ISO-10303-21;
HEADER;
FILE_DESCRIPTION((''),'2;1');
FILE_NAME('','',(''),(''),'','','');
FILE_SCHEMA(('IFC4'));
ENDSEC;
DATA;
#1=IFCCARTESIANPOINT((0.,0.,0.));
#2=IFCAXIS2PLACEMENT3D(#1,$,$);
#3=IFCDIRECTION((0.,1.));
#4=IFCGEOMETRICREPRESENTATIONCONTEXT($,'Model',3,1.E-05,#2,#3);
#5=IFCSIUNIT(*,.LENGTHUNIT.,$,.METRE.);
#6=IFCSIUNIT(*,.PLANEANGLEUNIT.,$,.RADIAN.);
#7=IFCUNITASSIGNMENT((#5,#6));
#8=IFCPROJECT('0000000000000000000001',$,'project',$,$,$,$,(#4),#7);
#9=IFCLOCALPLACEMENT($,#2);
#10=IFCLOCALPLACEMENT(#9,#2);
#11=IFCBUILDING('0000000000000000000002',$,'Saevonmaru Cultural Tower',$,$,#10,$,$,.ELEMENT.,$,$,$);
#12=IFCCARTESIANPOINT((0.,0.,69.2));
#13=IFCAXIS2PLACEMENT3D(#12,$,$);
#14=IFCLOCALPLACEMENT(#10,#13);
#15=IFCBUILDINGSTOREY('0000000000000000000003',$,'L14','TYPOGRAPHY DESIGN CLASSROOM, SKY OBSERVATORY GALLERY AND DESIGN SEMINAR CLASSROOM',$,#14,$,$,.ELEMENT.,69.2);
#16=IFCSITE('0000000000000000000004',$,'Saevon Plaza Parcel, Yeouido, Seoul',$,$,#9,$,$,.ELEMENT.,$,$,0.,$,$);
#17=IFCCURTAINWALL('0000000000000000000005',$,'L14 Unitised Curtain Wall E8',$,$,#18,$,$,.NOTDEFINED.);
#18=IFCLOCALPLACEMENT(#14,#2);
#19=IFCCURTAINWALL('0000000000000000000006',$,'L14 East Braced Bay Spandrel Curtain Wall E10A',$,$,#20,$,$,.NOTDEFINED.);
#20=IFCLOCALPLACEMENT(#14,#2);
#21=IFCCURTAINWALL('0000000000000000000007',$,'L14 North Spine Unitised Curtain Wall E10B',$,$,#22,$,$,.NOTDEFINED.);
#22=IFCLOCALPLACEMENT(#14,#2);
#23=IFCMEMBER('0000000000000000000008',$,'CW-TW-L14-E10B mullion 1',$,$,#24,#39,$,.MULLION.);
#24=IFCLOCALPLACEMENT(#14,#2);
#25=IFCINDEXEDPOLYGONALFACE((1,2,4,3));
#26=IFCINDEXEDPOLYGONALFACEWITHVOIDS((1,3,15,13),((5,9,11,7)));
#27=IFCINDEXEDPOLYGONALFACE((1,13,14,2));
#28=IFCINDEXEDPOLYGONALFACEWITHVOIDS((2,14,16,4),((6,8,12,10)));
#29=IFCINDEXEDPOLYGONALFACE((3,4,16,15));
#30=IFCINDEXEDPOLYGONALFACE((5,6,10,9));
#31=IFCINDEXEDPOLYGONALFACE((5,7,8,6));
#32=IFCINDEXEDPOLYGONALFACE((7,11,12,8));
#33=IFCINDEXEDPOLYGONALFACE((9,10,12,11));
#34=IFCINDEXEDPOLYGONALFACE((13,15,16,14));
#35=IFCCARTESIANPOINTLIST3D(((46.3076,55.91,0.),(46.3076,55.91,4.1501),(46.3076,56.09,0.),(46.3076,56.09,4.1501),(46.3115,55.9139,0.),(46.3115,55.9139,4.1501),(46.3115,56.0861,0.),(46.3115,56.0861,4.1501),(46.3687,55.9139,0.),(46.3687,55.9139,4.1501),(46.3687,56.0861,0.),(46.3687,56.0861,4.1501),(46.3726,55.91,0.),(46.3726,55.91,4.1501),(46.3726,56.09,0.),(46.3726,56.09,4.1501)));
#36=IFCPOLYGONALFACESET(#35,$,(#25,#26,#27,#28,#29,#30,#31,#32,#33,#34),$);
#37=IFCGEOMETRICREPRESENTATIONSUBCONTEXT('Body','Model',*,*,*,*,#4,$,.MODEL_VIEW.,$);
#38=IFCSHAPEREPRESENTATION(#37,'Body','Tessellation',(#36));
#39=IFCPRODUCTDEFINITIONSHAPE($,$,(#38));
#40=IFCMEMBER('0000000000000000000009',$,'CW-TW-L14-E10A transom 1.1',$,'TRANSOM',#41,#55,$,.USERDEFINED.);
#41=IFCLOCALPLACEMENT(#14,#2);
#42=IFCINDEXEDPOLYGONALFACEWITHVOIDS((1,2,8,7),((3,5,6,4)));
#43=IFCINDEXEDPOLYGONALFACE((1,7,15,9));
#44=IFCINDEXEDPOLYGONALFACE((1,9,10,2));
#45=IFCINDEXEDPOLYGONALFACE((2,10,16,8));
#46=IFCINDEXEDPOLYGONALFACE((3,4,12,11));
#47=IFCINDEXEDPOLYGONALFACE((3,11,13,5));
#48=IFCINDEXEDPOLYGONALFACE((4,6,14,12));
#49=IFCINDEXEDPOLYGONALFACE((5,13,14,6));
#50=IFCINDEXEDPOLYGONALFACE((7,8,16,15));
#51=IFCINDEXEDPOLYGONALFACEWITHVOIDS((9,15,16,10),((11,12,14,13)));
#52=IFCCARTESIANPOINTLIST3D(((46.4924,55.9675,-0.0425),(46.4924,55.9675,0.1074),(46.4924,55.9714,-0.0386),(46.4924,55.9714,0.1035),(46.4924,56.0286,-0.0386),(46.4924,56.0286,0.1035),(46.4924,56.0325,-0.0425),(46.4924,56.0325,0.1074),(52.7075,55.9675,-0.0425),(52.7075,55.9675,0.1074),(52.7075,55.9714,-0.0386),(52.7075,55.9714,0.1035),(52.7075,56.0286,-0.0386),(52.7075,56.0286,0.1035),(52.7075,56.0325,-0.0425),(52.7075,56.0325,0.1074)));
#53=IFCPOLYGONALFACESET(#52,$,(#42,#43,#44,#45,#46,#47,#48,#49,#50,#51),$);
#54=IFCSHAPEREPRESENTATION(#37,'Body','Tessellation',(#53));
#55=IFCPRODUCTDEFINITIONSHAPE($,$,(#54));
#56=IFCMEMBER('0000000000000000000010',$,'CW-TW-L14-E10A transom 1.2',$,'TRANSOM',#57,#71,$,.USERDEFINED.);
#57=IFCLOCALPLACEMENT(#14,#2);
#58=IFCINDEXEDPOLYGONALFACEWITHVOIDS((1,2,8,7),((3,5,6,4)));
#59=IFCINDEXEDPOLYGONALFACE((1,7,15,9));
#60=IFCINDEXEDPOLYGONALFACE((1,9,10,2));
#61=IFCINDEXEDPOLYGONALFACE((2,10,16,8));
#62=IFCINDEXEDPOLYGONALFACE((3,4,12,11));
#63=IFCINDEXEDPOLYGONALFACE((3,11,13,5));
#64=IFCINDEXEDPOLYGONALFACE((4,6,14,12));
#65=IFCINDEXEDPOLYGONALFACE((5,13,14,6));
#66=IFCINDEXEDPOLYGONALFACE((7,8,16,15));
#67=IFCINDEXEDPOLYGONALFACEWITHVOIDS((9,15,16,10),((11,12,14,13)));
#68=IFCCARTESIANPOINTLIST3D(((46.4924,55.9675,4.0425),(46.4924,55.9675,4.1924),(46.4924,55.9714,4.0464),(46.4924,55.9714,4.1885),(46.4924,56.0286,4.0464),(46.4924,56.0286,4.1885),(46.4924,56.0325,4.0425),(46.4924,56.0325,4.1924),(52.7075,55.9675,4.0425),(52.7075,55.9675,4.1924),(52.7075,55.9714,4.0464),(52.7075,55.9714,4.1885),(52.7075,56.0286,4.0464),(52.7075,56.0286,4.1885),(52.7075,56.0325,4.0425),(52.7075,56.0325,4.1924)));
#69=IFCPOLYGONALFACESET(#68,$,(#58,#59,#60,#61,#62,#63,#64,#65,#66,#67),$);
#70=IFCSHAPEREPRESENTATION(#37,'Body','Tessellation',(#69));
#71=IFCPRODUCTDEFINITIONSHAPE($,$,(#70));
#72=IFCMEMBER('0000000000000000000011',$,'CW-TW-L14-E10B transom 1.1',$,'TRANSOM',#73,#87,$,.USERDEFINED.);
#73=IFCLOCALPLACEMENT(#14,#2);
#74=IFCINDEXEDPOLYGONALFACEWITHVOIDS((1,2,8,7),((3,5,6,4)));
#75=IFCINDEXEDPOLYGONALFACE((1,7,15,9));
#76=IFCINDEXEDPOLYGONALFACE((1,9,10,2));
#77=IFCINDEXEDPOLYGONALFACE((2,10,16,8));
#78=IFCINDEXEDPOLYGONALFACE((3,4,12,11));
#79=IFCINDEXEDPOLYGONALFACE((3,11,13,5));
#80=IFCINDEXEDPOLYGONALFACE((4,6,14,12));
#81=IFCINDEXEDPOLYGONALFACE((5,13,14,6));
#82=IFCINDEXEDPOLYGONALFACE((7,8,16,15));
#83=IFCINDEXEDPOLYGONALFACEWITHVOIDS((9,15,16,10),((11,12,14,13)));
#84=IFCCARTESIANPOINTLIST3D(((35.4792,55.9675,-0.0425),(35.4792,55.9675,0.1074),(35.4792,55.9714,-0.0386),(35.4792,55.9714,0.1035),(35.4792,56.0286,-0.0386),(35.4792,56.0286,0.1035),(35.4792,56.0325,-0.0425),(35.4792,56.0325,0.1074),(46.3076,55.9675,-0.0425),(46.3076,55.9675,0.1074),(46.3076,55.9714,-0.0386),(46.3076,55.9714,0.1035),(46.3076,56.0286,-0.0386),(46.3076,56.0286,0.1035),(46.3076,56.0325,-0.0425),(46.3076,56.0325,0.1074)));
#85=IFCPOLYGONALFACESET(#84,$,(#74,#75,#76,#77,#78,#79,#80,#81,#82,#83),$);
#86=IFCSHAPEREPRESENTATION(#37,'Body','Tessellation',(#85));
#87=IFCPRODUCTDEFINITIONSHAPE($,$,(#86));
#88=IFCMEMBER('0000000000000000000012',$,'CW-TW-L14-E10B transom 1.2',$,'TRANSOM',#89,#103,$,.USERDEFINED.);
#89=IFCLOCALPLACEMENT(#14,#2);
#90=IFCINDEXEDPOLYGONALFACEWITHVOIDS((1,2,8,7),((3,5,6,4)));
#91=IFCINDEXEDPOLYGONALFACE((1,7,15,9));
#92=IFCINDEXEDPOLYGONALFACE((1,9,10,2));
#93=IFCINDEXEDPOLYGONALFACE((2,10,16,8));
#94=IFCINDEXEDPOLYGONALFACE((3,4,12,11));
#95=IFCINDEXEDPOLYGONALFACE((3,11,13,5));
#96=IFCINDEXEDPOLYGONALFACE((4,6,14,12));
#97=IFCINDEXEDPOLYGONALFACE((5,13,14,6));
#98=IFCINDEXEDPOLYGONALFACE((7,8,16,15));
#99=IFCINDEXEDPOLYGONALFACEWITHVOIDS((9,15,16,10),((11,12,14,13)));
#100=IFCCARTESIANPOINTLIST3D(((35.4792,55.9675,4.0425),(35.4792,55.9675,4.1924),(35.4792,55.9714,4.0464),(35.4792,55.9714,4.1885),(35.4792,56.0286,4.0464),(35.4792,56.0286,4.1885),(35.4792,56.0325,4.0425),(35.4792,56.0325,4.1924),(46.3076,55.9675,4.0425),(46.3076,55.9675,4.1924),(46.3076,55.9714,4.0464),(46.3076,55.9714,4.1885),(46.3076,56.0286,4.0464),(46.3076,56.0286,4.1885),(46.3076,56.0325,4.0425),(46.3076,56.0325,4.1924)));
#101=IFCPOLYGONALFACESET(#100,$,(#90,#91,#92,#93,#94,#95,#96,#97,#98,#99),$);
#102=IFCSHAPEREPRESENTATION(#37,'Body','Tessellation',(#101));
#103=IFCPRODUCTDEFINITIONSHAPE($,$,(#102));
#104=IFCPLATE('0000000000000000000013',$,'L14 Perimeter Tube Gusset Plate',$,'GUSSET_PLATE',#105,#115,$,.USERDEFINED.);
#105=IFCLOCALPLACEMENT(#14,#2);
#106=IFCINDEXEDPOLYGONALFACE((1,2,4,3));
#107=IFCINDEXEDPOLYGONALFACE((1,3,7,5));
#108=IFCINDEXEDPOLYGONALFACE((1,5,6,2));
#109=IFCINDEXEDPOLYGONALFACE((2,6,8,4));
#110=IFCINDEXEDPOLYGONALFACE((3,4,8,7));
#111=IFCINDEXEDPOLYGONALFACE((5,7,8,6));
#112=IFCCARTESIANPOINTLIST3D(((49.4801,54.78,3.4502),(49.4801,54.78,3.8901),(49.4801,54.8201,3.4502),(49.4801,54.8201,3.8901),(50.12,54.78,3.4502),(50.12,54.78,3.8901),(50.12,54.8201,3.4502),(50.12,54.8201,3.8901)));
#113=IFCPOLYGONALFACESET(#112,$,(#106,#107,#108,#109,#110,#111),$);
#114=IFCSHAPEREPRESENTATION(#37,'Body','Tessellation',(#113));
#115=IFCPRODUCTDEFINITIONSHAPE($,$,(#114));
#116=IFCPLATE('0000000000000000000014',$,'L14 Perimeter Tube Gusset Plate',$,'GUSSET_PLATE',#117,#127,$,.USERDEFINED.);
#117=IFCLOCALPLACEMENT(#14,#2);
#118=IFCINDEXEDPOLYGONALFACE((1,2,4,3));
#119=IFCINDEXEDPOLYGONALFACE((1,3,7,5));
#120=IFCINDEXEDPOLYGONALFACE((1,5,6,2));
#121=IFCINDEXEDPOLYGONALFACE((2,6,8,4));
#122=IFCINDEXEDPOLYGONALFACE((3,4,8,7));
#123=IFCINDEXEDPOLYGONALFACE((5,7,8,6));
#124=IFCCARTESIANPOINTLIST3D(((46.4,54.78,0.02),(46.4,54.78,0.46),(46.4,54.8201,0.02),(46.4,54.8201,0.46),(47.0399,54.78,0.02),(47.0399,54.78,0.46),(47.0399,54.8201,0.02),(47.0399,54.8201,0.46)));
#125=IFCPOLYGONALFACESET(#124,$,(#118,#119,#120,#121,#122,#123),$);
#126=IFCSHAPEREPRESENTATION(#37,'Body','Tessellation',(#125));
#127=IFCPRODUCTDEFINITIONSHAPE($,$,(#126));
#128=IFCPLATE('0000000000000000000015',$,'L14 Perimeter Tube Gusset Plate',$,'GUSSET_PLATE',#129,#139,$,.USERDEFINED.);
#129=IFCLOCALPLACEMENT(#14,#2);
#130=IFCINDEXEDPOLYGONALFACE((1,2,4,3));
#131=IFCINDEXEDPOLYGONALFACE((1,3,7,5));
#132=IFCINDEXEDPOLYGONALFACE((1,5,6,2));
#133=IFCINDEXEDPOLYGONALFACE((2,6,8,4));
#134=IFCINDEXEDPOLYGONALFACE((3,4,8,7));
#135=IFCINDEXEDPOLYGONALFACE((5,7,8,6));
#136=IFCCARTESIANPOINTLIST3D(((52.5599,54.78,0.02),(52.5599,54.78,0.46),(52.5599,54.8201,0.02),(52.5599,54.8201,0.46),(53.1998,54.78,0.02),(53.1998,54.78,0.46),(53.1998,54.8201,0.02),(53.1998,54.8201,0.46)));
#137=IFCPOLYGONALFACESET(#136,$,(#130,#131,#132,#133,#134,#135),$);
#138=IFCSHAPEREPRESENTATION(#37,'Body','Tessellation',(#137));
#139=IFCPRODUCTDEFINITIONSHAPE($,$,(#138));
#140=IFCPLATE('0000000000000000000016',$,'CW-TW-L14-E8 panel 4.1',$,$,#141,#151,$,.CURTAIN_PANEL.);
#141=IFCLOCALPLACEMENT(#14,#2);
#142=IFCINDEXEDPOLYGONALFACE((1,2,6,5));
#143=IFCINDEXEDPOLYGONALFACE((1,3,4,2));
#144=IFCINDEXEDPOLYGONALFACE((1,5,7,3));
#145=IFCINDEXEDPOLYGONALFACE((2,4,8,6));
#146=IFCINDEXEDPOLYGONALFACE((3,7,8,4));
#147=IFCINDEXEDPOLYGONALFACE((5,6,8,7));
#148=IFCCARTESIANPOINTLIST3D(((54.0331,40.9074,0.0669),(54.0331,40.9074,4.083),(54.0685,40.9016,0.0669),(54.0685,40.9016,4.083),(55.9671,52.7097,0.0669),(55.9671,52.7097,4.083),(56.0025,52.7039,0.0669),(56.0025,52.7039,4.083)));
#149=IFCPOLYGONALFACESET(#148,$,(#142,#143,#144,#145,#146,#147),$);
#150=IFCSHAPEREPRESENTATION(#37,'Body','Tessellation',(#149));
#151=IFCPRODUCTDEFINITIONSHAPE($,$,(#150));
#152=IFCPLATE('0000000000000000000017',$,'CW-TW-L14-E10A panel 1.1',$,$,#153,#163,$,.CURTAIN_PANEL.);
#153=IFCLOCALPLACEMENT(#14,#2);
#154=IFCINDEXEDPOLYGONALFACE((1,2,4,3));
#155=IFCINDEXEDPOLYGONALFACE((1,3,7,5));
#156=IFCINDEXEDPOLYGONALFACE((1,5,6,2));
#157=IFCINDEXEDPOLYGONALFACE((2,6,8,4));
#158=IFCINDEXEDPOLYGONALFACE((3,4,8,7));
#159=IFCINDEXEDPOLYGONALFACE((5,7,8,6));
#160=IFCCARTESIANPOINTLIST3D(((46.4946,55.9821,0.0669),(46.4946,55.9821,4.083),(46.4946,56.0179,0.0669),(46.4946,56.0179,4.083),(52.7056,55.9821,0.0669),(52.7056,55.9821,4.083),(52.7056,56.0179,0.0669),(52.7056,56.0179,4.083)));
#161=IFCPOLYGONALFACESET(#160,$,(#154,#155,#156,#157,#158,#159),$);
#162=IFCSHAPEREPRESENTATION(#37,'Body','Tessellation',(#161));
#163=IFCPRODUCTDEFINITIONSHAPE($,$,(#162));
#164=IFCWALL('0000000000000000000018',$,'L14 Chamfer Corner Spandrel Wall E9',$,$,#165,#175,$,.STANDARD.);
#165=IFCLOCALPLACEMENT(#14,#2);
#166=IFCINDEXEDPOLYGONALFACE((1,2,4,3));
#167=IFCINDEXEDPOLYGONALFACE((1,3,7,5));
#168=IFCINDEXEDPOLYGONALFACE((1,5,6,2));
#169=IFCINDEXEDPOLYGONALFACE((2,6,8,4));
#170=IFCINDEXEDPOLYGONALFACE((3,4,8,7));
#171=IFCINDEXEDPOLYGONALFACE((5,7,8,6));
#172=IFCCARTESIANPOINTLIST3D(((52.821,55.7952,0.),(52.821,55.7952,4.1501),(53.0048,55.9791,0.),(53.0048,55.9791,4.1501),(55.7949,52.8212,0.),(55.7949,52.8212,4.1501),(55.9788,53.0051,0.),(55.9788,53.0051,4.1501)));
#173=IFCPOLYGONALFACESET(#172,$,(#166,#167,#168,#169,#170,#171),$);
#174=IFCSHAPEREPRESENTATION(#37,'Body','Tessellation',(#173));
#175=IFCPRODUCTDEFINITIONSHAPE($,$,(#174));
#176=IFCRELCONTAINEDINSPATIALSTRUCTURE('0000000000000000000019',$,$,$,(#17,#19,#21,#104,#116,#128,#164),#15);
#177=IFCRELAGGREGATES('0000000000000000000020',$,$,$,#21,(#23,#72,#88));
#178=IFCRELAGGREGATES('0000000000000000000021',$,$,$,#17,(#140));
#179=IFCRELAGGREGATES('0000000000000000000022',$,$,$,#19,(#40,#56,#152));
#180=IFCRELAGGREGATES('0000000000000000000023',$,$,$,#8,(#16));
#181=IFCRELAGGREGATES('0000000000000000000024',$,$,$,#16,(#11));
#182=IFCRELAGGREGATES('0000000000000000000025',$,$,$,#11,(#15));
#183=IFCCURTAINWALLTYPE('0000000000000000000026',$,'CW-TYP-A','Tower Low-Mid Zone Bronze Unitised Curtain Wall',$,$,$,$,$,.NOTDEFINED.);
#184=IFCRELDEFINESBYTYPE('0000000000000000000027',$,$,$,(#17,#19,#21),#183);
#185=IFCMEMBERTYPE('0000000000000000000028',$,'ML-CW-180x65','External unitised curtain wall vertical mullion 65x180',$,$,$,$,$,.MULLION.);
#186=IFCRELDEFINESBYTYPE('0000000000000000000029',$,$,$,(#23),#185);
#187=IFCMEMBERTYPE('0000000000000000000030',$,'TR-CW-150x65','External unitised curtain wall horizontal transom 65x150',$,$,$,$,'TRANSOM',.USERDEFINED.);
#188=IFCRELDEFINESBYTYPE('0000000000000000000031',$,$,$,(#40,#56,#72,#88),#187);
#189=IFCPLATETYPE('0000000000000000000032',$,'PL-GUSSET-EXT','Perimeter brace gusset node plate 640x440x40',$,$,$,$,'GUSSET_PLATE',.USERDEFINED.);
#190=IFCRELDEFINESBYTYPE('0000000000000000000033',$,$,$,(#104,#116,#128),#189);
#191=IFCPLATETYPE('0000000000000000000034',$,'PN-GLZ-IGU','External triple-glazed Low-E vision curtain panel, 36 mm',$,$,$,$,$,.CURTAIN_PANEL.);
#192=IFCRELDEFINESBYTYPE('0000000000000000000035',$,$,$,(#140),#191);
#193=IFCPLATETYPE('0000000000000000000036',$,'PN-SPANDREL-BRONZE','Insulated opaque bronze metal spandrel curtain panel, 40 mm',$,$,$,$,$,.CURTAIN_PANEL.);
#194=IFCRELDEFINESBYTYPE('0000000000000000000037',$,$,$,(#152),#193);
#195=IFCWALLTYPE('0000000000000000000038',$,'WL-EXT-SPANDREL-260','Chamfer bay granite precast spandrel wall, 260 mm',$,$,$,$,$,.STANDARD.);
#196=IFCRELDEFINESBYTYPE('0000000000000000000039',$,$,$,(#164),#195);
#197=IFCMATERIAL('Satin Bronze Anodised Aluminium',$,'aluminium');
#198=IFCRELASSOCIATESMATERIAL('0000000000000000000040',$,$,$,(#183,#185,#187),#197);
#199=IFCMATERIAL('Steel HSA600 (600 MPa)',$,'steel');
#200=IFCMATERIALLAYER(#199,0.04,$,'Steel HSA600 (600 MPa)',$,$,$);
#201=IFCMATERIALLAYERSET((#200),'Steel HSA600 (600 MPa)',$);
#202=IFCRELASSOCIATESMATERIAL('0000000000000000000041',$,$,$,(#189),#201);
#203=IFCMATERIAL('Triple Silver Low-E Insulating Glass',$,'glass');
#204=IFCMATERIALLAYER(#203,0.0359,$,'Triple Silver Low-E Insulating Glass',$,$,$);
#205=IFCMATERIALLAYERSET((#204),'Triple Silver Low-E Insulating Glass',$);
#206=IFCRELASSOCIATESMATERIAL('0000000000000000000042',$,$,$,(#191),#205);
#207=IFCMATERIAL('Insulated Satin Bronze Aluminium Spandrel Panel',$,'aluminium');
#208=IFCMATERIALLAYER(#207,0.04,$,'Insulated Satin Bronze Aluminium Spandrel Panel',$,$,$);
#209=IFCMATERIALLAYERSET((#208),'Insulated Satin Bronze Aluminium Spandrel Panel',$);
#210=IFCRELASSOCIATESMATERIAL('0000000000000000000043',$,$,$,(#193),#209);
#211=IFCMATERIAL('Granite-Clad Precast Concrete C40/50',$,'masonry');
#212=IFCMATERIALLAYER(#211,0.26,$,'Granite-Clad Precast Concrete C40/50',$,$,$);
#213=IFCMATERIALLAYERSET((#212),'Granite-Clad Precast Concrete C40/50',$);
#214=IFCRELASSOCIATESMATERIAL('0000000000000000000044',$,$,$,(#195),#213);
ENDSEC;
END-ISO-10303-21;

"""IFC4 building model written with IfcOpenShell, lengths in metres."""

from ifc_helpers import new_model, si_unit, direction, frame, frame_2d, origin, origin_2d, place, context, subcontext, project, spatial, rectangle, hollow_rectangle, extrude, material, layer, layer_set, material_profile, profile_set, type_object, element, aggregate, save


model = new_model("IFC4")

# Units and contexts
model_context = context("Model", 3, precision=1e-05, world=origin(), true_north=direction((0.0, 1.0)))
body_context = subcontext(model_context, "Body", "Model", "MODEL_VIEW")
ifc_project = project(units=[si_unit("LENGTHUNIT", "METRE"), si_unit("PLANEANGLEUNIT", "RADIAN")], contexts=[model_context])

# Site, building, storey
site_placement = place(None, origin())
site = spatial("IfcSite", under=ifc_project, at=site_placement, Name="Saevon Plaza Parcel, Yeouido, Seoul", CompositionType="ELEMENT", RefElevation=0.0)
building_placement = place(site_placement, origin())
building = spatial("IfcBuilding", under=site, at=building_placement, Name="Saevonmaru Cultural Tower", CompositionType="ELEMENT")
storey_placement = place(building_placement, frame((0.0, 0.0, 69.2)))
storey = spatial("IfcBuildingStorey", under=building, at=storey_placement, Name="L14", Description="TYPOGRAPHY DESIGN CLASSROOM, SKY OBSERVATORY GALLERY AND DESIGN SEMINAR CLASSROOM", CompositionType="ELEMENT", Elevation=69.2)

# Shared definitions
ifc_material_1 = material(Name="Steel HSA600 (600 MPa)", Category="steel")

# Curtain wall
ifc_material_2 = material(Name="Satin Bronze Anodised Aluminium", Category="aluminium")
curtain_wall_type = type_object("IfcCurtainWallType", Name="CW-TYP-A", Description="Tower Low-Mid Zone Bronze Unitised Curtain Wall", PredefinedType="NOTDEFINED", material=ifc_material_2)
curtain_wall_1_placement = place(storey_placement, origin())
curtain_wall_1 = element("IfcCurtainWall", 1, at=curtain_wall_1_placement, inside=storey, type_object=curtain_wall_type, Name="L14 Unitised Curtain Wall E8", PredefinedType="NOTDEFINED")
ifc_material_profile_1 = material_profile(ifc_material_2, hollow_rectangle(XDim=0.0649, YDim=0.1799, WallThickness=0.0039, at=origin_2d()), Name="ALU-MULL-180x65x4")
ifc_profile_set_1 = profile_set([ifc_material_profile_1], Name="Satin Bronze Anodised Aluminium")
member_type_1 = type_object("IfcMemberType", Name="ML-CW-180x65", Description="External unitised curtain wall vertical mullion 65x180", PredefinedType="MULLION", material=ifc_profile_set_1)

# Curtain wall
curtain_wall_2_placement = place(storey_placement, origin())
curtain_wall_2 = element("IfcCurtainWall", 2, at=curtain_wall_2_placement, inside=storey, type_object=curtain_wall_type, Name="L14 East Braced Bay Spandrel Curtain Wall E10A", PredefinedType="NOTDEFINED")

# Curtain wall, member
curtain_wall_3_placement = place(storey_placement, origin())
curtain_wall_3 = element("IfcCurtainWall", 3, at=curtain_wall_3_placement, inside=storey, type_object=curtain_wall_type, Name="L14 North Spine Unitised Curtain Wall E10B", PredefinedType="NOTDEFINED")
member_1_placement = place(storey_placement, frame((46.3401, 56.0, 0.0), z_axis=(0.0, 0.0, 1.0), x_axis=(-1.0, 0.0, 0.0)))
member_1 = element("IfcMember", 4, at=member_1_placement, type_object=member_type_1, Name="CW-TW-L14-E10B mullion 1", PredefinedType="MULLION", context=body_context, shape_type="SweptSolid", body=[
    extrude(hollow_rectangle(XDim=0.0649, YDim=0.1799, WallThickness=0.0039, at=origin_2d()), origin(), (0.0, 0.0, 1.0), 4.1501),
])

# Members
ifc_material_profile_2 = material_profile(ifc_material_2, hollow_rectangle(XDim=0.0649, YDim=0.1499, WallThickness=0.0039, at=origin_2d()), Name="ALU-TRAN-150x65x4")
ifc_profile_set_2 = profile_set([ifc_material_profile_2], Name="Satin Bronze Anodised Aluminium")
member_type_2 = type_object("IfcMemberType", Name="TR-CW-150x65", Description="External unitised curtain wall horizontal transom 65x150", ElementType="TRANSOM", PredefinedType="USERDEFINED", material=ifc_profile_set_2)
member_2_placement = place(storey_placement, frame((52.7075, 56.0, 0.0325), z_axis=(-1.0, 0.0, 0.0), x_axis=(0.0, -1.0, 0.0)))
member_2 = element("IfcMember", 5, at=member_2_placement, type_object=member_type_2, Name="CW-TW-L14-E10A transom 1.1", ObjectType="TRANSOM", PredefinedType="USERDEFINED", context=body_context, shape_type="SweptSolid", body=[
    extrude(hollow_rectangle(XDim=0.0649, YDim=0.1499, WallThickness=0.0039, at=origin_2d()), origin(), (0.0, 0.0, 1.0), 6.2151),
])
member_3_placement = place(storey_placement, frame((52.7075, 56.0, 4.1174), z_axis=(-1.0, 0.0, 0.0), x_axis=(0.0, -1.0, 0.0)))
member_3 = element("IfcMember", 6, at=member_3_placement, type_object=member_type_2, Name="CW-TW-L14-E10A transom 1.2", ObjectType="TRANSOM", PredefinedType="USERDEFINED", context=body_context, shape_type="SweptSolid", body=[
    extrude(hollow_rectangle(XDim=0.0649, YDim=0.1499, WallThickness=0.0039, at=origin_2d()), origin(), (0.0, 0.0, 1.0), 6.2151),
])
member_4_placement = place(storey_placement, frame((46.3076, 56.0, 0.0325), z_axis=(-1.0, 0.0, 0.0), x_axis=(0.0, -1.0, 0.0)))
member_4 = element("IfcMember", 7, at=member_4_placement, type_object=member_type_2, Name="CW-TW-L14-E10B transom 1.1", ObjectType="TRANSOM", PredefinedType="USERDEFINED", context=body_context, shape_type="SweptSolid", body=[
    extrude(hollow_rectangle(XDim=0.0649, YDim=0.1499, WallThickness=0.0039, at=origin_2d()), origin(), (0.0, 0.0, 1.0), 10.8284),
])
member_5_placement = place(storey_placement, frame((46.3076, 56.0, 4.1174), z_axis=(-1.0, 0.0, 0.0), x_axis=(0.0, -1.0, 0.0)))
member_5 = element("IfcMember", 8, at=member_5_placement, type_object=member_type_2, Name="CW-TW-L14-E10B transom 1.2", ObjectType="TRANSOM", PredefinedType="USERDEFINED", context=body_context, shape_type="SweptSolid", body=[
    extrude(hollow_rectangle(XDim=0.0649, YDim=0.1499, WallThickness=0.0039, at=origin_2d()), origin(), (0.0, 0.0, 1.0), 10.8284),
])
aggregate(curtain_wall_3, [member_1, member_4, member_5])

# Plates
ifc_layer_1 = layer(ifc_material_1, 0.04, Name="Steel HSA600 (600 MPa)")
ifc_layer_set_1 = layer_set([ifc_layer_1], Name="Steel HSA600 (600 MPa)")
plate_type_1 = type_object("IfcPlateType", Name="PL-GUSSET-EXT", Description="Perimeter brace gusset node plate 640x440x40", ElementType="GUSSET_PLATE", PredefinedType="USERDEFINED", material=ifc_layer_set_1)
for number, where, z_axis, x_axis, name in (
    (9, (49.8, 54.8, 3.4502), (0.0, 0.0, 1.0), (1.0, 0.0, 0.0), "L14 Perimeter Tube Gusset Plate"),
    (10, (46.72, 54.8, 0.02), (0.0, 0.0, 1.0), (1.0, 0.0, 0.0), "L14 Perimeter Tube Gusset Plate"),
    (11, (52.8799, 54.8, 0.02), (0.0, 0.0, 1.0), (1.0, 0.0, 0.0), "L14 Perimeter Tube Gusset Plate"),
):
    element("IfcPlate", number, at=place(storey_placement, frame(where, z_axis=z_axis, x_axis=x_axis)), inside=storey, type_object=plate_type_1, Name=name, ObjectType="GUSSET_PLATE", PredefinedType="USERDEFINED", context=body_context, shape_type="SweptSolid", body=[
        extrude(rectangle(XDim=0.6399, YDim=0.04, at=origin_2d()), origin(), (0.0, 0.0, 1.0), 0.4399),
    ])

# Plates
ifc_material_3 = material(Name="Triple Silver Low-E Insulating Glass", Category="glass")
ifc_layer_2 = layer(ifc_material_3, 0.0359, Name="Triple Silver Low-E Insulating Glass")
ifc_layer_set_2 = layer_set([ifc_layer_2], Name="Triple Silver Low-E Insulating Glass")
plate_type_2 = type_object("IfcPlateType", Name="PN-GLZ-IGU", Description="External triple-glazed Low-E vision curtain panel, 36 mm", PredefinedType="CURTAIN_PANEL", material=ifc_layer_set_2)
plate_1_placement = place(storey_placement, frame((55.0178, 46.8057, 0.0669), z_axis=(0.0, 0.0, 1.0), x_axis=(0.161709, 0.986839, 0.0)))
plate_1 = element("IfcPlate", 12, at=plate_1_placement, type_object=plate_type_2, Name="CW-TW-L14-E8 panel 4.1", PredefinedType="CURTAIN_PANEL", context=body_context, shape_type="SweptSolid", body=[
    extrude(rectangle(XDim=11.9597, YDim=0.0359, at=origin_2d()), origin(), (0.0, 0.0, 1.0), 4.0161),
])
aggregate(curtain_wall_1, [plate_1])
ifc_material_4 = material(Name="Insulated Satin Bronze Aluminium Spandrel Panel", Category="aluminium")
ifc_layer_3 = layer(ifc_material_4, 0.04, Name="Insulated Satin Bronze Aluminium Spandrel Panel")
ifc_layer_set_3 = layer_set([ifc_layer_3], Name="Insulated Satin Bronze Aluminium Spandrel Panel")
plate_type_3 = type_object("IfcPlateType", Name="PN-SPANDREL-BRONZE", Description="Insulated opaque bronze metal spandrel curtain panel, 40 mm", PredefinedType="CURTAIN_PANEL", material=ifc_layer_set_3)
plate_2_placement = place(storey_placement, frame((49.6001, 56.0, 0.0669), z_axis=(0.0, 0.0, 1.0), x_axis=(-1.0, 0.0, 0.0)))
plate_2 = element("IfcPlate", 13, at=plate_2_placement, type_object=plate_type_3, Name="CW-TW-L14-E10A panel 1.1", PredefinedType="CURTAIN_PANEL", context=body_context, shape_type="SweptSolid", body=[
    extrude(rectangle(XDim=6.2109, YDim=0.0359, at=origin_2d()), origin(), (0.0, 0.0, 1.0), 4.0161),
])
aggregate(curtain_wall_2, [member_2, member_3, plate_2])

# Wall
ifc_material_5 = material(Name="Granite-Clad Precast Concrete C40/50", Category="masonry")
ifc_layer_4 = layer(ifc_material_5, 0.26, Name="Granite-Clad Precast Concrete C40/50")
ifc_layer_set_4 = layer_set([ifc_layer_4], Name="Granite-Clad Precast Concrete C40/50")
wall_type_1 = type_object("IfcWallType", Name="WL-EXT-SPANDREL-260", Description="Chamfer bay granite precast spandrel wall, 260 mm", PredefinedType="STANDARD", material=ifc_layer_set_4)
wall_1_placement = place(storey_placement, frame((55.887, 52.9131, 0.0), z_axis=(0.0, 0.0, 1.0), x_axis=(-0.707107, 0.707107, 0.0)))
element("IfcWall", 14, at=wall_1_placement, inside=storey, type_object=wall_type_1, Name="L14 Chamfer Corner Spandrel Wall E9", PredefinedType="STANDARD", context=body_context, shape_type="SweptSolid", body=[
    extrude(rectangle(XDim=4.2058, YDim=0.26, at=frame_2d((2.103, 0.0))), origin(), (0.0, 0.0, 1.0), 4.1501),
])

save(model, "model.ifc")
